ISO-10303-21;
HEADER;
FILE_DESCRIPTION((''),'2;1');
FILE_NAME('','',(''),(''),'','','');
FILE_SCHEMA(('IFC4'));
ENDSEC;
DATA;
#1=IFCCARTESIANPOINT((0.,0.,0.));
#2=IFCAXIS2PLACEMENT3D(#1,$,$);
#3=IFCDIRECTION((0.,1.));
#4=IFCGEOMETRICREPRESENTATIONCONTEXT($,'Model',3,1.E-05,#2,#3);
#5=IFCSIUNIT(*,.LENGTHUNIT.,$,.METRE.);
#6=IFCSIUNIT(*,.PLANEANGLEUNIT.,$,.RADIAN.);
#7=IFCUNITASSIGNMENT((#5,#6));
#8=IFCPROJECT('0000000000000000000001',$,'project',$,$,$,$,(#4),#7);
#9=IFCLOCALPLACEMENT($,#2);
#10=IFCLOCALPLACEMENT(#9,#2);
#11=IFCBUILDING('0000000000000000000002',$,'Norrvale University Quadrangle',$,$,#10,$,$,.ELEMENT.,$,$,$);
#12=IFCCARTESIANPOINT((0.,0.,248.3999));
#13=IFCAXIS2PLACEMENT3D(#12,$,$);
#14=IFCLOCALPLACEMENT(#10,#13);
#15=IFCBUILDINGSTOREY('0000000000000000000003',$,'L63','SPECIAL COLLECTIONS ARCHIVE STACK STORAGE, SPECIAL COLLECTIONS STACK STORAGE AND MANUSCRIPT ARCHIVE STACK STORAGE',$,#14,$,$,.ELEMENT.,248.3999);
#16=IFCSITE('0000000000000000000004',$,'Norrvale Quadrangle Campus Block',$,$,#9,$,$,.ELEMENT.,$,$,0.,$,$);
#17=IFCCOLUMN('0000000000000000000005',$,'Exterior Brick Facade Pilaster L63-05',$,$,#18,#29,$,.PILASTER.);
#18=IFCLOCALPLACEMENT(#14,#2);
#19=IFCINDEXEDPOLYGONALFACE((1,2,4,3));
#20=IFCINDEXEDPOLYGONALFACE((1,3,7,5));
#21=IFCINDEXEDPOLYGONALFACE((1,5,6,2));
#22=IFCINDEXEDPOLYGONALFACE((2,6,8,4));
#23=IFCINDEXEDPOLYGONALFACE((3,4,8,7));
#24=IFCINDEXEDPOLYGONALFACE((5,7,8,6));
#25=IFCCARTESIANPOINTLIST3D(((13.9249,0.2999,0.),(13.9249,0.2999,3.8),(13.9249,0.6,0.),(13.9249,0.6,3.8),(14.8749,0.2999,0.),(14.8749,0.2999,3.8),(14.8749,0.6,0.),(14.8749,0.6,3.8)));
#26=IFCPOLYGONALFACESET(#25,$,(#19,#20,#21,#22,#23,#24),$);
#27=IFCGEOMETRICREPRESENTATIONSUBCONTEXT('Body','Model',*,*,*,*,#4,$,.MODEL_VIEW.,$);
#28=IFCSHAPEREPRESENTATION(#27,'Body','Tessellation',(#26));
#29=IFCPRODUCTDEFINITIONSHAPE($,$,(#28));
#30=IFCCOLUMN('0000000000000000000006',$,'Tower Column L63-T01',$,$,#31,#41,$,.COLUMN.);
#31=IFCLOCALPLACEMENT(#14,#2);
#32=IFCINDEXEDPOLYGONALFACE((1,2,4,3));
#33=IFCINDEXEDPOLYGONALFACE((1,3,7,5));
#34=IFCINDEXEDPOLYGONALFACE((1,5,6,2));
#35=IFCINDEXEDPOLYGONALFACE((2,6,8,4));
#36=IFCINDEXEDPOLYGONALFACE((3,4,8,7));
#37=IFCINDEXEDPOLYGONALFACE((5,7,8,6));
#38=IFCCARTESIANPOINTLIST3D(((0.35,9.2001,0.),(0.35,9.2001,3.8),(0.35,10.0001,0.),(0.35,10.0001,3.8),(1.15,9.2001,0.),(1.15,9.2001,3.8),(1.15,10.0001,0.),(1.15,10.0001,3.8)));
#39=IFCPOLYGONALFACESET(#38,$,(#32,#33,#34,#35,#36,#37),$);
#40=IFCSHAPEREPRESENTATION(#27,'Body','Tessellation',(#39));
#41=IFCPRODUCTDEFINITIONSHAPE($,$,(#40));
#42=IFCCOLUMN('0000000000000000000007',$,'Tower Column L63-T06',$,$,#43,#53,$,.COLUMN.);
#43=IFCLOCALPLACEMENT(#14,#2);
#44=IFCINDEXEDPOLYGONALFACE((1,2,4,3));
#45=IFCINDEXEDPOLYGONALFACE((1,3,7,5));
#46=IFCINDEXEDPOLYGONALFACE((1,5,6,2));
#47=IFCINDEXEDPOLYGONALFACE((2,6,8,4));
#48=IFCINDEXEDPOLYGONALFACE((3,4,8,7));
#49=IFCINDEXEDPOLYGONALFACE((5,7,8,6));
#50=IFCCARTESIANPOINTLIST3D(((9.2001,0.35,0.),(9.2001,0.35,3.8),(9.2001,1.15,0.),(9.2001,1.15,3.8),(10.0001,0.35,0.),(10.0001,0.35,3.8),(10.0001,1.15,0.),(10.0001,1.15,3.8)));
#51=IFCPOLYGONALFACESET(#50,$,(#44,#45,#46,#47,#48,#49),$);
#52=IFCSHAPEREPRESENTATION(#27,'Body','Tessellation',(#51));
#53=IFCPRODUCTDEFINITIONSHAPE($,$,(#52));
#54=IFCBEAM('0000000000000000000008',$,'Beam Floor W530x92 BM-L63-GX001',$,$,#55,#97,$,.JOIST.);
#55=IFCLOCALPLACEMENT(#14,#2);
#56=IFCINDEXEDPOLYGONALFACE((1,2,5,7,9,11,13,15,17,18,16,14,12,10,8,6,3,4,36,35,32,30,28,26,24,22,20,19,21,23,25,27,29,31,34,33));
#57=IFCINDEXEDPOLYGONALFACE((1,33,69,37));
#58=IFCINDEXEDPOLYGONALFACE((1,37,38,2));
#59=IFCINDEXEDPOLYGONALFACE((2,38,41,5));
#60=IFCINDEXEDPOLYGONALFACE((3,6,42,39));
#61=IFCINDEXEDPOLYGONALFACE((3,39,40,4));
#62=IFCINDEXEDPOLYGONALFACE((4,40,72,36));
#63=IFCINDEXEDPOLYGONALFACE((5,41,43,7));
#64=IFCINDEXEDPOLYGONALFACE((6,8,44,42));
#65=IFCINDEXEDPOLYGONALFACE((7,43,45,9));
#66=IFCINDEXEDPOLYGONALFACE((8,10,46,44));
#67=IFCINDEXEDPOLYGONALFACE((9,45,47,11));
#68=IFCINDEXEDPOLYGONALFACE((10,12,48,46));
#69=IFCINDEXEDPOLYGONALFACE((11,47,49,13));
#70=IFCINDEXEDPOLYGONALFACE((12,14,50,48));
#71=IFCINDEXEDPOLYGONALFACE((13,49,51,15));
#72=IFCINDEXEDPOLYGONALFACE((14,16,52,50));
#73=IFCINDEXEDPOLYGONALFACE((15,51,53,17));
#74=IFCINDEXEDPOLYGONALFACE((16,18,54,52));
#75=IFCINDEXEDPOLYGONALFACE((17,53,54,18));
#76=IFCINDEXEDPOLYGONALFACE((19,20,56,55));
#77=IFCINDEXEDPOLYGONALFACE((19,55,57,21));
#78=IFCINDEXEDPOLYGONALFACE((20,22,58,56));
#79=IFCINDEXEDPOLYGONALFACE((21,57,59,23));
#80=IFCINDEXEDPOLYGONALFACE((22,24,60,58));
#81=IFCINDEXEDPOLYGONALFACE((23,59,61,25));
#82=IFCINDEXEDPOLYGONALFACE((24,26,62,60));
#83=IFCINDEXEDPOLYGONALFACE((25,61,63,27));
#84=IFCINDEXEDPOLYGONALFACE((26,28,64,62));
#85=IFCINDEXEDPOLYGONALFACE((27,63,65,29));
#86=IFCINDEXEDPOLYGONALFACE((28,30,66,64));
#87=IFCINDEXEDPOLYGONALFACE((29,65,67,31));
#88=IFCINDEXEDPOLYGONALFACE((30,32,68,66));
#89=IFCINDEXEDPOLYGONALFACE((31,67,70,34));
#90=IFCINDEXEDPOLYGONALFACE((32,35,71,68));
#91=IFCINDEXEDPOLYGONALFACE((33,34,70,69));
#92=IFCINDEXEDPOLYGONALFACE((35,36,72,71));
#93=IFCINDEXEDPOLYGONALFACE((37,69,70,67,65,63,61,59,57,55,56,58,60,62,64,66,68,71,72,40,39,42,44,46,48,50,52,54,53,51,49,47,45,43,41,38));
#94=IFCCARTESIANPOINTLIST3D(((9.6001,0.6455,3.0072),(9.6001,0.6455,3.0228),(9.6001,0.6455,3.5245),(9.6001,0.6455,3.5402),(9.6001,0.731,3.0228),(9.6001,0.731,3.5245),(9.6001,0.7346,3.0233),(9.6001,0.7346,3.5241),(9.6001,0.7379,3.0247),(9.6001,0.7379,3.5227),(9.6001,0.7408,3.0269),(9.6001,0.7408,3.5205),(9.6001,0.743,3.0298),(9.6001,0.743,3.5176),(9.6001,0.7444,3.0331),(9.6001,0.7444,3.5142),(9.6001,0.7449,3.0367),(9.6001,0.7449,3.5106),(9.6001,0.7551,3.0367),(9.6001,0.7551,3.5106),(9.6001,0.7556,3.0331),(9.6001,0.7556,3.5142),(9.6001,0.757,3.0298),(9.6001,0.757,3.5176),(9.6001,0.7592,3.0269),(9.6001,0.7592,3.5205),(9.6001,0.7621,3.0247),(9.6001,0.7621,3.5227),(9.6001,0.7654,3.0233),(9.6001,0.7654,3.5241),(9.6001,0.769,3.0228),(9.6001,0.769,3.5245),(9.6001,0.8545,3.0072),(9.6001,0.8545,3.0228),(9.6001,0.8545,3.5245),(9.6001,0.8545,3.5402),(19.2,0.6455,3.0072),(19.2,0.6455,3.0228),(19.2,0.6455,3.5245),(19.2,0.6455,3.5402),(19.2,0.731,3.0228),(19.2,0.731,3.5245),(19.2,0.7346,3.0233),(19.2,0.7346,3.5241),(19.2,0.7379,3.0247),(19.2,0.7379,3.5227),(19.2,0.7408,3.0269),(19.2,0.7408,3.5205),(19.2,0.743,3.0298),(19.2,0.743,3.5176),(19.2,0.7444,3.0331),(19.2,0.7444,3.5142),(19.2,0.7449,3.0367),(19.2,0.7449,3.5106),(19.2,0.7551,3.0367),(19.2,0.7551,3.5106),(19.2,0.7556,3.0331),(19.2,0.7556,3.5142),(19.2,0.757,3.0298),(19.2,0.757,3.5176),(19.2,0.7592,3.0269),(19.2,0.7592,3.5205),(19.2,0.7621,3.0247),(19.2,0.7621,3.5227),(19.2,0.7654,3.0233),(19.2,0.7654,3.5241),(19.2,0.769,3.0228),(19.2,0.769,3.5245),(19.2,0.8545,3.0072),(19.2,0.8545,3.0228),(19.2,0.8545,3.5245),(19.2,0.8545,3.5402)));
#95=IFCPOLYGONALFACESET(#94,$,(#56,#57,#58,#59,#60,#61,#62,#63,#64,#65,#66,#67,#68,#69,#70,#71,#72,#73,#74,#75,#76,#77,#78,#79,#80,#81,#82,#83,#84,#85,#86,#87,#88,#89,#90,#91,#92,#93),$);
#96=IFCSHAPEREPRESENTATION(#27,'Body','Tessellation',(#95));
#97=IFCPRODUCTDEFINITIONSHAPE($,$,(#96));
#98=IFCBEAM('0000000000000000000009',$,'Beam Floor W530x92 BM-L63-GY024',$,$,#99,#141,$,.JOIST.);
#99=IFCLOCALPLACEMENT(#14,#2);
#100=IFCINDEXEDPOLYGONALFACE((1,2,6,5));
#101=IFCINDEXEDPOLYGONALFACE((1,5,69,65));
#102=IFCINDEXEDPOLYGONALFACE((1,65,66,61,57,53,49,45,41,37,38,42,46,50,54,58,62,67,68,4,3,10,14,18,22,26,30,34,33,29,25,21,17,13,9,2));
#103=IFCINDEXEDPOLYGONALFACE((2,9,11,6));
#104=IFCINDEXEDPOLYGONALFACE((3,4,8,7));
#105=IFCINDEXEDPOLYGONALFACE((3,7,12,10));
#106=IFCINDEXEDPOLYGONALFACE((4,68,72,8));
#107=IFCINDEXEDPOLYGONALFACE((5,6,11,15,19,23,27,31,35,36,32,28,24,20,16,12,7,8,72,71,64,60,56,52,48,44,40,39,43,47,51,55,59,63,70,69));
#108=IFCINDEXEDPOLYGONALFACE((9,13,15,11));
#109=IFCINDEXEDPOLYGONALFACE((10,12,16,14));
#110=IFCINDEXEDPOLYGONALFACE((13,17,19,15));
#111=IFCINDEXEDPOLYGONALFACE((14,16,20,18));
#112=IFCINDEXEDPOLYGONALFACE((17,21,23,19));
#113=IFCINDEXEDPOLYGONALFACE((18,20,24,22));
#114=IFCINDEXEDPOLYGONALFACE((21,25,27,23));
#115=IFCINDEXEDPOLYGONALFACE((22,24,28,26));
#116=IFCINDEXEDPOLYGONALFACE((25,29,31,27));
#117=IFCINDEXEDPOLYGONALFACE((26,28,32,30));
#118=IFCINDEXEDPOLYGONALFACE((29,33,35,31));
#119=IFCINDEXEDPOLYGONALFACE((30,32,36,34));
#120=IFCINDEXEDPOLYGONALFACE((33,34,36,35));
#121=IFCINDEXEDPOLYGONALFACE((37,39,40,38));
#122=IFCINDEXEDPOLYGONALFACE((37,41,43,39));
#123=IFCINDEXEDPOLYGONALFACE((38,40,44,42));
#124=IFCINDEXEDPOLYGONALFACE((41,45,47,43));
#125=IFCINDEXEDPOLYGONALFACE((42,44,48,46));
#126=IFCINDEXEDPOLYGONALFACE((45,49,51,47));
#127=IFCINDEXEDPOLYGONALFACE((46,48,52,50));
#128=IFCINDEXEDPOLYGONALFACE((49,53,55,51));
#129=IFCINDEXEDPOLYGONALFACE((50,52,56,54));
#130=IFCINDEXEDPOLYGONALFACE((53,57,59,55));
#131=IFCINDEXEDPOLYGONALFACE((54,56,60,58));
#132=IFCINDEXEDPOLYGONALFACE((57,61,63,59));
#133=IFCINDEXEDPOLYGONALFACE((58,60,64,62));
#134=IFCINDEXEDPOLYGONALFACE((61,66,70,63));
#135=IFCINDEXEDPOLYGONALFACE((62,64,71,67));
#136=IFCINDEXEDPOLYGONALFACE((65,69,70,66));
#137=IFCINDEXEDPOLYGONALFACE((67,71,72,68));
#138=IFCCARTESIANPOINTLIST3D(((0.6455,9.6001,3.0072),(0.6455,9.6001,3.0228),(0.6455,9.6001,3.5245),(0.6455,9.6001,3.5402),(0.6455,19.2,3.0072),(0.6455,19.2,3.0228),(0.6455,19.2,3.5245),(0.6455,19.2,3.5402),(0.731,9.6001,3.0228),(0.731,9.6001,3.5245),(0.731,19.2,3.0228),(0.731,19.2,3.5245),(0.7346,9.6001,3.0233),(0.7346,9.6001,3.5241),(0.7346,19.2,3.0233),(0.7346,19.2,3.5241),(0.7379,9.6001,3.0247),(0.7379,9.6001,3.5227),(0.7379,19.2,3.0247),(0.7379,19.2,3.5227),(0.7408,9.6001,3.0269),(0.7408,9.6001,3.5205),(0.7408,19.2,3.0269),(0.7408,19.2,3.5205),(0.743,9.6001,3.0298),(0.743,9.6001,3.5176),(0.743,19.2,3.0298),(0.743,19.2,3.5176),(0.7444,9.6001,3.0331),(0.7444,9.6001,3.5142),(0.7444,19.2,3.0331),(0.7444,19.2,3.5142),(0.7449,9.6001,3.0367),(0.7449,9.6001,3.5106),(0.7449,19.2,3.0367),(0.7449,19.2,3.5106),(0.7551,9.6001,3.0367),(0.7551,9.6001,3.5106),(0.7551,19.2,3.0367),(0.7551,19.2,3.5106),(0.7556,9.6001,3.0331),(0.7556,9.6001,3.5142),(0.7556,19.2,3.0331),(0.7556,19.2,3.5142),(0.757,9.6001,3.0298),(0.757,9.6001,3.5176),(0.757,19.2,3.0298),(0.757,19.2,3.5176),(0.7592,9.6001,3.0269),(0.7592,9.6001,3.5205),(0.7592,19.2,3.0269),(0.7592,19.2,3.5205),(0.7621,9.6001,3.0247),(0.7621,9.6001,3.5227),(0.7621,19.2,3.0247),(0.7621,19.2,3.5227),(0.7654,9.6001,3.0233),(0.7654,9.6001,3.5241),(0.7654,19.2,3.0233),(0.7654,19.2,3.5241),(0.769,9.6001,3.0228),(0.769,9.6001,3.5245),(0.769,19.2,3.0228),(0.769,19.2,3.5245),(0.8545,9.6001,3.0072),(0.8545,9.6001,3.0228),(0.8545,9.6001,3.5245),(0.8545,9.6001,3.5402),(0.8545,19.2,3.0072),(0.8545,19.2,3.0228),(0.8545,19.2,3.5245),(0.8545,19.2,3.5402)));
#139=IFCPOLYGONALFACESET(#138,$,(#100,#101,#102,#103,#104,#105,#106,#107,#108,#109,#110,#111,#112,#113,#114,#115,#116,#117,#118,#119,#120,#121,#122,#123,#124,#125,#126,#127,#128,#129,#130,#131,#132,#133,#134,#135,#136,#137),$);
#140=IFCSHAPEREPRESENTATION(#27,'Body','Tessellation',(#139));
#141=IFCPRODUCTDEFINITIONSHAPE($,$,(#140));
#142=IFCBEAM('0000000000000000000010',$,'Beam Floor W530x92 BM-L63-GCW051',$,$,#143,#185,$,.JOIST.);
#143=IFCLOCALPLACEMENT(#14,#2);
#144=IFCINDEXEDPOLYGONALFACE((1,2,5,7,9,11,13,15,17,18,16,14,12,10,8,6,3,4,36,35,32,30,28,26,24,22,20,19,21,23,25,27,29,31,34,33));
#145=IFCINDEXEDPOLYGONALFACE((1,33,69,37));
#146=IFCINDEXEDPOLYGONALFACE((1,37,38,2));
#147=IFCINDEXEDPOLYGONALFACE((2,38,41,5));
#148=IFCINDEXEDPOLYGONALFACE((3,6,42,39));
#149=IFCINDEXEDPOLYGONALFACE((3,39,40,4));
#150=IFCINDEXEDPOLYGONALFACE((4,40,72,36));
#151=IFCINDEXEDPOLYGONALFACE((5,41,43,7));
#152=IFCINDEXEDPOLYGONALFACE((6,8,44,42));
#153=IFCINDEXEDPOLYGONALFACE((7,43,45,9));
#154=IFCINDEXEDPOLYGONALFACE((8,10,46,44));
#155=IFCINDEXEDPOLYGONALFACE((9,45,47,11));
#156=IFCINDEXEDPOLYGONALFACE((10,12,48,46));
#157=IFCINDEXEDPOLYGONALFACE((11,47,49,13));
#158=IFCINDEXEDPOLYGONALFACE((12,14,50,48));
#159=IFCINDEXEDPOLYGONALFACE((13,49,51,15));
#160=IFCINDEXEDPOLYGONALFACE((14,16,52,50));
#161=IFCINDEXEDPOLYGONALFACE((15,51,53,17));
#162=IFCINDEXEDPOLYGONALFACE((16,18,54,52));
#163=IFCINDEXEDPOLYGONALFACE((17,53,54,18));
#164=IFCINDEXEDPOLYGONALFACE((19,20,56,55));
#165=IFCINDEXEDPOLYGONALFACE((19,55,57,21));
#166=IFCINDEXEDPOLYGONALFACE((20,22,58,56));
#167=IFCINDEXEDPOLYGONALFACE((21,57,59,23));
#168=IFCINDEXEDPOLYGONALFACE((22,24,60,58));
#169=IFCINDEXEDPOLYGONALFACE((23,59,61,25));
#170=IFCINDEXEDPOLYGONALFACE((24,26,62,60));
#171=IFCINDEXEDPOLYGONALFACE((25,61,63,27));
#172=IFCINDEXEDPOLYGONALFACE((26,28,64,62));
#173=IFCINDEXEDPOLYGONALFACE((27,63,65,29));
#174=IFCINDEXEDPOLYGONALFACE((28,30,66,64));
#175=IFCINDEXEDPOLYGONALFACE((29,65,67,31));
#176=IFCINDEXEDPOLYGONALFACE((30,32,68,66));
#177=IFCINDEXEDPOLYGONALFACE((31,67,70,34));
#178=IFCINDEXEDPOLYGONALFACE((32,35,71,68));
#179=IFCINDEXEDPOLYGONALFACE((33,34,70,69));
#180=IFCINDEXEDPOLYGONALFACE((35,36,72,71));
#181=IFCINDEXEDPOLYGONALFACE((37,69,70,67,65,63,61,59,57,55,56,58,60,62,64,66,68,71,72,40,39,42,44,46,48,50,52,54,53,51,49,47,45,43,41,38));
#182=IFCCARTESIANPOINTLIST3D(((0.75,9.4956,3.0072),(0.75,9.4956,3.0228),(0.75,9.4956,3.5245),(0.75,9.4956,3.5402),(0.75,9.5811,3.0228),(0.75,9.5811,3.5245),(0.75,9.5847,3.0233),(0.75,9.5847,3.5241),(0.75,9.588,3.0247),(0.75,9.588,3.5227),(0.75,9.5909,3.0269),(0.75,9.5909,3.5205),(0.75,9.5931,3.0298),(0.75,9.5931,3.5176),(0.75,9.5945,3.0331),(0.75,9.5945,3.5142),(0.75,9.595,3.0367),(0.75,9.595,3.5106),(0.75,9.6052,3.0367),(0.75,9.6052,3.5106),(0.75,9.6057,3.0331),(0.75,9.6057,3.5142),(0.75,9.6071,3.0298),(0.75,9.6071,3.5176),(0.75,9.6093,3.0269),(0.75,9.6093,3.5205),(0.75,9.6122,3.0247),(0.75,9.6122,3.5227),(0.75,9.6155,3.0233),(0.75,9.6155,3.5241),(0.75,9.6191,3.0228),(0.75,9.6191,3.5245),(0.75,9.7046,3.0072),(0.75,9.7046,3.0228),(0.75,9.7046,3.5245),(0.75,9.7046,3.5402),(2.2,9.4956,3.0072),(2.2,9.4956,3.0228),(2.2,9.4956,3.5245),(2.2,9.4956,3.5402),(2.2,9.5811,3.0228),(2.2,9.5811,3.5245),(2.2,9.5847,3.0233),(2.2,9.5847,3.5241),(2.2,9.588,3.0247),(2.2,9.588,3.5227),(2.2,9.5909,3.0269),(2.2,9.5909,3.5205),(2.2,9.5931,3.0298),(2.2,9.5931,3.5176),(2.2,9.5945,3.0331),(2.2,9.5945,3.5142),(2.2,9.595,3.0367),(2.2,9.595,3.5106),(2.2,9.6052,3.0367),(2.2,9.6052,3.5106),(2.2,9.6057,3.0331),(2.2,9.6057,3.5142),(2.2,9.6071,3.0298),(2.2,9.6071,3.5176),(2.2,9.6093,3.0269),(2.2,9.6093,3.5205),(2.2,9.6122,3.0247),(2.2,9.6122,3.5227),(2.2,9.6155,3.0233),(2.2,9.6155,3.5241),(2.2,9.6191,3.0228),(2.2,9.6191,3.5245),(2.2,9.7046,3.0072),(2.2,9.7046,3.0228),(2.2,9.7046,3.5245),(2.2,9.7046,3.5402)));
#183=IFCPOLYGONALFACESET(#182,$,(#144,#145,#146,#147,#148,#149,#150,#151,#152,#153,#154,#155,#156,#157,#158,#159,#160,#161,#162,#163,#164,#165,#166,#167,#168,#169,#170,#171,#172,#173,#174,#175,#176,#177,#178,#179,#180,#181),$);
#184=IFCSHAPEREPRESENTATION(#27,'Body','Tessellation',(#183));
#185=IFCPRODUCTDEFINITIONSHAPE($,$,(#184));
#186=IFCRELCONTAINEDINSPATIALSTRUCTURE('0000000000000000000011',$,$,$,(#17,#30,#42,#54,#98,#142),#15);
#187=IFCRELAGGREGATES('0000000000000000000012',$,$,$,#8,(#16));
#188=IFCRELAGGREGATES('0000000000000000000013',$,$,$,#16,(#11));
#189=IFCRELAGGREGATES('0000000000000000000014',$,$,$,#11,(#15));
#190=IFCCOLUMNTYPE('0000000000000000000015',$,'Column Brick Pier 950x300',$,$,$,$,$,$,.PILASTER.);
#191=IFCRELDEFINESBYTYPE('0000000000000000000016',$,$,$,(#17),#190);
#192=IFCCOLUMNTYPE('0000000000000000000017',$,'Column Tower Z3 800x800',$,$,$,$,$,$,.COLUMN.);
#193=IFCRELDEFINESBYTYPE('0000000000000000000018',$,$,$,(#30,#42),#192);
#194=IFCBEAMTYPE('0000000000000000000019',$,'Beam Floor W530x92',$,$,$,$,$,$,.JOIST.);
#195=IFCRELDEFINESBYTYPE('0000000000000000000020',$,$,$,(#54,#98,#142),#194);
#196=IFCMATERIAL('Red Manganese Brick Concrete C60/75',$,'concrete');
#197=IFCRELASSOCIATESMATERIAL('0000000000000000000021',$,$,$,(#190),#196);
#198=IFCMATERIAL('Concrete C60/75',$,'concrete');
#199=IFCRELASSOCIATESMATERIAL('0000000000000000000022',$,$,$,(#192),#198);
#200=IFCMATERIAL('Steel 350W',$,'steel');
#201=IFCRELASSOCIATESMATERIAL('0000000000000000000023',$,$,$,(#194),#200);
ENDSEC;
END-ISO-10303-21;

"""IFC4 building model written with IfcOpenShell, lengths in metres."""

from ifc_helpers import new_model, si_unit, direction, frame, origin, origin_2d, place, context, subcontext, project, spatial, rectangle, i_section, extrude, material, material_profile, profile_set, type_object, element, save


model = new_model("IFC4")

# Units and contexts
model_context = context("Model", 3, precision=1e-05, world=origin(), true_north=direction((0.0, 1.0)))
body_context = subcontext(model_context, "Body", "Model", "MODEL_VIEW")
ifc_project = project(units=[si_unit("LENGTHUNIT", "METRE"), si_unit("PLANEANGLEUNIT", "RADIAN")], contexts=[model_context])

# Site, building, storey
site_placement = place(None, origin())
site = spatial("IfcSite", under=ifc_project, at=site_placement, Name="Norrvale Quadrangle Campus Block", CompositionType="ELEMENT", RefElevation=0.0)
building_placement = place(site_placement, origin())
building = spatial("IfcBuilding", under=site, at=building_placement, Name="Norrvale University Quadrangle", CompositionType="ELEMENT")
storey_placement = place(building_placement, frame((0.0, 0.0, 248.3999)))
storey = spatial("IfcBuildingStorey", under=building, at=storey_placement, Name="L63", Description="SPECIAL COLLECTIONS ARCHIVE STACK STORAGE, SPECIAL COLLECTIONS STACK STORAGE AND MANUSCRIPT ARCHIVE STACK STORAGE", CompositionType="ELEMENT", Elevation=248.3999)

# Columns
ifc_material_1 = material(Name="Red Manganese Brick Concrete C60/75", Category="concrete")
ifc_material_profile_1 = material_profile(ifc_material_1, rectangle(XDim=0.95, YDim=0.3, at=origin_2d()), Name="Red Manganese Brick Concrete C60/75")
ifc_profile_set_1 = profile_set([ifc_material_profile_1], Name="Red Manganese Brick Concrete C60/75")
column_type_1 = type_object("IfcColumnType", Name="Column Brick Pier 950x300", PredefinedType="PILASTER", material=ifc_profile_set_1)
column_placement = place(storey_placement, frame((14.3999, 0.45, 0.0), z_axis=(0.0, 0.0, 1.0), x_axis=(1.0, 0.0, 0.0)))
element("IfcColumn", 1, at=column_placement, inside=storey, type_object=column_type_1, Name="Exterior Brick Facade Pilaster L63-05", PredefinedType="PILASTER", context=body_context, shape_type="SweptSolid", body=[
    extrude(rectangle(XDim=0.95, YDim=0.3, at=origin_2d()), origin(), (0.0, 0.0, 1.0), 3.8),
])
ifc_material_2 = material(Name="Concrete C60/75", Category="concrete")
ifc_material_profile_2 = material_profile(ifc_material_2, rectangle(XDim=0.8, YDim=0.8, at=origin_2d()), Name="Concrete C60/75")
ifc_profile_set_2 = profile_set([ifc_material_profile_2], Name="Concrete C60/75")
column_type_2 = type_object("IfcColumnType", Name="Column Tower Z3 800x800", PredefinedType="COLUMN", material=ifc_profile_set_2)
for number, where, z_axis, x_axis, name in (
    (2, (0.75, 9.6001, 0.0), (0.0, 0.0, 1.0), (1.0, 0.0, 0.0), "Tower Column L63-T01"),
    (3, (9.6001, 0.75, 0.0), (0.0, 0.0, 1.0), (1.0, 0.0, 0.0), "Tower Column L63-T06"),
):
    element("IfcColumn", number, at=place(storey_placement, frame(where, z_axis=z_axis, x_axis=x_axis)), inside=storey, type_object=column_type_2, Name=name, PredefinedType="COLUMN", context=body_context, shape_type="SweptSolid", body=[
        extrude(rectangle(XDim=0.8, YDim=0.8, at=origin_2d()), origin(), (0.0, 0.0, 1.0), 3.8),
    ])

# Beams
ifc_material_3 = material(Name="Steel 350W", Category="steel")
ifc_material_profile_3 = material_profile(ifc_material_3, i_section(OverallWidth=0.209, OverallDepth=0.533, WebThickness=0.0103, FlangeThickness=0.0156, FilletRadius=0.0139, at=origin_2d()), Name="Steel 350W")
ifc_profile_set_3 = profile_set([ifc_material_profile_3], Name="Steel 350W")
beam_type_1 = type_object("IfcBeamType", Name="Beam Floor W530x92", PredefinedType="JOIST", material=ifc_profile_set_3)
for number, where, z_axis, x_axis, name in (
    (4, (9.6001, 0.75, 3.2737), (1.0, 0.0, 0.0), (0.0, 1.0, 0.0), "Beam Floor W530x92 BM-L63-GX001"),
    (5, (0.75, 9.6001, 3.2737), (0.0, 1.0, 0.0), (-1.0, 0.0, 0.0), "Beam Floor W530x92 BM-L63-GY024"),
):
    element("IfcBeam", number, at=place(storey_placement, frame(where, z_axis=z_axis, x_axis=x_axis)), inside=storey, type_object=beam_type_1, Name=name, PredefinedType="JOIST", context=body_context, shape_type="SweptSolid", body=[
        extrude(i_section(OverallWidth=0.209, OverallDepth=0.533, WebThickness=0.0103, FlangeThickness=0.0156, FilletRadius=0.0139, at=origin_2d()), origin(), (0.0, 0.0, 1.0), 9.5999),
    ])
beam_1_placement = place(storey_placement, frame((0.75, 9.6001, 3.2737), z_axis=(1.0, 0.0, 0.0), x_axis=(0.0, 1.0, 0.0)))
element("IfcBeam", 6, at=beam_1_placement, inside=storey, type_object=beam_type_1, Name="Beam Floor W530x92 BM-L63-GCW051", PredefinedType="JOIST", context=body_context, shape_type="SweptSolid", body=[
    extrude(i_section(OverallWidth=0.209, OverallDepth=0.533, WebThickness=0.0103, FlangeThickness=0.0156, FilletRadius=0.0139, at=origin_2d()), origin(), (0.0, 0.0, 1.0), 1.45),
])

save(model, "model.ifc")
